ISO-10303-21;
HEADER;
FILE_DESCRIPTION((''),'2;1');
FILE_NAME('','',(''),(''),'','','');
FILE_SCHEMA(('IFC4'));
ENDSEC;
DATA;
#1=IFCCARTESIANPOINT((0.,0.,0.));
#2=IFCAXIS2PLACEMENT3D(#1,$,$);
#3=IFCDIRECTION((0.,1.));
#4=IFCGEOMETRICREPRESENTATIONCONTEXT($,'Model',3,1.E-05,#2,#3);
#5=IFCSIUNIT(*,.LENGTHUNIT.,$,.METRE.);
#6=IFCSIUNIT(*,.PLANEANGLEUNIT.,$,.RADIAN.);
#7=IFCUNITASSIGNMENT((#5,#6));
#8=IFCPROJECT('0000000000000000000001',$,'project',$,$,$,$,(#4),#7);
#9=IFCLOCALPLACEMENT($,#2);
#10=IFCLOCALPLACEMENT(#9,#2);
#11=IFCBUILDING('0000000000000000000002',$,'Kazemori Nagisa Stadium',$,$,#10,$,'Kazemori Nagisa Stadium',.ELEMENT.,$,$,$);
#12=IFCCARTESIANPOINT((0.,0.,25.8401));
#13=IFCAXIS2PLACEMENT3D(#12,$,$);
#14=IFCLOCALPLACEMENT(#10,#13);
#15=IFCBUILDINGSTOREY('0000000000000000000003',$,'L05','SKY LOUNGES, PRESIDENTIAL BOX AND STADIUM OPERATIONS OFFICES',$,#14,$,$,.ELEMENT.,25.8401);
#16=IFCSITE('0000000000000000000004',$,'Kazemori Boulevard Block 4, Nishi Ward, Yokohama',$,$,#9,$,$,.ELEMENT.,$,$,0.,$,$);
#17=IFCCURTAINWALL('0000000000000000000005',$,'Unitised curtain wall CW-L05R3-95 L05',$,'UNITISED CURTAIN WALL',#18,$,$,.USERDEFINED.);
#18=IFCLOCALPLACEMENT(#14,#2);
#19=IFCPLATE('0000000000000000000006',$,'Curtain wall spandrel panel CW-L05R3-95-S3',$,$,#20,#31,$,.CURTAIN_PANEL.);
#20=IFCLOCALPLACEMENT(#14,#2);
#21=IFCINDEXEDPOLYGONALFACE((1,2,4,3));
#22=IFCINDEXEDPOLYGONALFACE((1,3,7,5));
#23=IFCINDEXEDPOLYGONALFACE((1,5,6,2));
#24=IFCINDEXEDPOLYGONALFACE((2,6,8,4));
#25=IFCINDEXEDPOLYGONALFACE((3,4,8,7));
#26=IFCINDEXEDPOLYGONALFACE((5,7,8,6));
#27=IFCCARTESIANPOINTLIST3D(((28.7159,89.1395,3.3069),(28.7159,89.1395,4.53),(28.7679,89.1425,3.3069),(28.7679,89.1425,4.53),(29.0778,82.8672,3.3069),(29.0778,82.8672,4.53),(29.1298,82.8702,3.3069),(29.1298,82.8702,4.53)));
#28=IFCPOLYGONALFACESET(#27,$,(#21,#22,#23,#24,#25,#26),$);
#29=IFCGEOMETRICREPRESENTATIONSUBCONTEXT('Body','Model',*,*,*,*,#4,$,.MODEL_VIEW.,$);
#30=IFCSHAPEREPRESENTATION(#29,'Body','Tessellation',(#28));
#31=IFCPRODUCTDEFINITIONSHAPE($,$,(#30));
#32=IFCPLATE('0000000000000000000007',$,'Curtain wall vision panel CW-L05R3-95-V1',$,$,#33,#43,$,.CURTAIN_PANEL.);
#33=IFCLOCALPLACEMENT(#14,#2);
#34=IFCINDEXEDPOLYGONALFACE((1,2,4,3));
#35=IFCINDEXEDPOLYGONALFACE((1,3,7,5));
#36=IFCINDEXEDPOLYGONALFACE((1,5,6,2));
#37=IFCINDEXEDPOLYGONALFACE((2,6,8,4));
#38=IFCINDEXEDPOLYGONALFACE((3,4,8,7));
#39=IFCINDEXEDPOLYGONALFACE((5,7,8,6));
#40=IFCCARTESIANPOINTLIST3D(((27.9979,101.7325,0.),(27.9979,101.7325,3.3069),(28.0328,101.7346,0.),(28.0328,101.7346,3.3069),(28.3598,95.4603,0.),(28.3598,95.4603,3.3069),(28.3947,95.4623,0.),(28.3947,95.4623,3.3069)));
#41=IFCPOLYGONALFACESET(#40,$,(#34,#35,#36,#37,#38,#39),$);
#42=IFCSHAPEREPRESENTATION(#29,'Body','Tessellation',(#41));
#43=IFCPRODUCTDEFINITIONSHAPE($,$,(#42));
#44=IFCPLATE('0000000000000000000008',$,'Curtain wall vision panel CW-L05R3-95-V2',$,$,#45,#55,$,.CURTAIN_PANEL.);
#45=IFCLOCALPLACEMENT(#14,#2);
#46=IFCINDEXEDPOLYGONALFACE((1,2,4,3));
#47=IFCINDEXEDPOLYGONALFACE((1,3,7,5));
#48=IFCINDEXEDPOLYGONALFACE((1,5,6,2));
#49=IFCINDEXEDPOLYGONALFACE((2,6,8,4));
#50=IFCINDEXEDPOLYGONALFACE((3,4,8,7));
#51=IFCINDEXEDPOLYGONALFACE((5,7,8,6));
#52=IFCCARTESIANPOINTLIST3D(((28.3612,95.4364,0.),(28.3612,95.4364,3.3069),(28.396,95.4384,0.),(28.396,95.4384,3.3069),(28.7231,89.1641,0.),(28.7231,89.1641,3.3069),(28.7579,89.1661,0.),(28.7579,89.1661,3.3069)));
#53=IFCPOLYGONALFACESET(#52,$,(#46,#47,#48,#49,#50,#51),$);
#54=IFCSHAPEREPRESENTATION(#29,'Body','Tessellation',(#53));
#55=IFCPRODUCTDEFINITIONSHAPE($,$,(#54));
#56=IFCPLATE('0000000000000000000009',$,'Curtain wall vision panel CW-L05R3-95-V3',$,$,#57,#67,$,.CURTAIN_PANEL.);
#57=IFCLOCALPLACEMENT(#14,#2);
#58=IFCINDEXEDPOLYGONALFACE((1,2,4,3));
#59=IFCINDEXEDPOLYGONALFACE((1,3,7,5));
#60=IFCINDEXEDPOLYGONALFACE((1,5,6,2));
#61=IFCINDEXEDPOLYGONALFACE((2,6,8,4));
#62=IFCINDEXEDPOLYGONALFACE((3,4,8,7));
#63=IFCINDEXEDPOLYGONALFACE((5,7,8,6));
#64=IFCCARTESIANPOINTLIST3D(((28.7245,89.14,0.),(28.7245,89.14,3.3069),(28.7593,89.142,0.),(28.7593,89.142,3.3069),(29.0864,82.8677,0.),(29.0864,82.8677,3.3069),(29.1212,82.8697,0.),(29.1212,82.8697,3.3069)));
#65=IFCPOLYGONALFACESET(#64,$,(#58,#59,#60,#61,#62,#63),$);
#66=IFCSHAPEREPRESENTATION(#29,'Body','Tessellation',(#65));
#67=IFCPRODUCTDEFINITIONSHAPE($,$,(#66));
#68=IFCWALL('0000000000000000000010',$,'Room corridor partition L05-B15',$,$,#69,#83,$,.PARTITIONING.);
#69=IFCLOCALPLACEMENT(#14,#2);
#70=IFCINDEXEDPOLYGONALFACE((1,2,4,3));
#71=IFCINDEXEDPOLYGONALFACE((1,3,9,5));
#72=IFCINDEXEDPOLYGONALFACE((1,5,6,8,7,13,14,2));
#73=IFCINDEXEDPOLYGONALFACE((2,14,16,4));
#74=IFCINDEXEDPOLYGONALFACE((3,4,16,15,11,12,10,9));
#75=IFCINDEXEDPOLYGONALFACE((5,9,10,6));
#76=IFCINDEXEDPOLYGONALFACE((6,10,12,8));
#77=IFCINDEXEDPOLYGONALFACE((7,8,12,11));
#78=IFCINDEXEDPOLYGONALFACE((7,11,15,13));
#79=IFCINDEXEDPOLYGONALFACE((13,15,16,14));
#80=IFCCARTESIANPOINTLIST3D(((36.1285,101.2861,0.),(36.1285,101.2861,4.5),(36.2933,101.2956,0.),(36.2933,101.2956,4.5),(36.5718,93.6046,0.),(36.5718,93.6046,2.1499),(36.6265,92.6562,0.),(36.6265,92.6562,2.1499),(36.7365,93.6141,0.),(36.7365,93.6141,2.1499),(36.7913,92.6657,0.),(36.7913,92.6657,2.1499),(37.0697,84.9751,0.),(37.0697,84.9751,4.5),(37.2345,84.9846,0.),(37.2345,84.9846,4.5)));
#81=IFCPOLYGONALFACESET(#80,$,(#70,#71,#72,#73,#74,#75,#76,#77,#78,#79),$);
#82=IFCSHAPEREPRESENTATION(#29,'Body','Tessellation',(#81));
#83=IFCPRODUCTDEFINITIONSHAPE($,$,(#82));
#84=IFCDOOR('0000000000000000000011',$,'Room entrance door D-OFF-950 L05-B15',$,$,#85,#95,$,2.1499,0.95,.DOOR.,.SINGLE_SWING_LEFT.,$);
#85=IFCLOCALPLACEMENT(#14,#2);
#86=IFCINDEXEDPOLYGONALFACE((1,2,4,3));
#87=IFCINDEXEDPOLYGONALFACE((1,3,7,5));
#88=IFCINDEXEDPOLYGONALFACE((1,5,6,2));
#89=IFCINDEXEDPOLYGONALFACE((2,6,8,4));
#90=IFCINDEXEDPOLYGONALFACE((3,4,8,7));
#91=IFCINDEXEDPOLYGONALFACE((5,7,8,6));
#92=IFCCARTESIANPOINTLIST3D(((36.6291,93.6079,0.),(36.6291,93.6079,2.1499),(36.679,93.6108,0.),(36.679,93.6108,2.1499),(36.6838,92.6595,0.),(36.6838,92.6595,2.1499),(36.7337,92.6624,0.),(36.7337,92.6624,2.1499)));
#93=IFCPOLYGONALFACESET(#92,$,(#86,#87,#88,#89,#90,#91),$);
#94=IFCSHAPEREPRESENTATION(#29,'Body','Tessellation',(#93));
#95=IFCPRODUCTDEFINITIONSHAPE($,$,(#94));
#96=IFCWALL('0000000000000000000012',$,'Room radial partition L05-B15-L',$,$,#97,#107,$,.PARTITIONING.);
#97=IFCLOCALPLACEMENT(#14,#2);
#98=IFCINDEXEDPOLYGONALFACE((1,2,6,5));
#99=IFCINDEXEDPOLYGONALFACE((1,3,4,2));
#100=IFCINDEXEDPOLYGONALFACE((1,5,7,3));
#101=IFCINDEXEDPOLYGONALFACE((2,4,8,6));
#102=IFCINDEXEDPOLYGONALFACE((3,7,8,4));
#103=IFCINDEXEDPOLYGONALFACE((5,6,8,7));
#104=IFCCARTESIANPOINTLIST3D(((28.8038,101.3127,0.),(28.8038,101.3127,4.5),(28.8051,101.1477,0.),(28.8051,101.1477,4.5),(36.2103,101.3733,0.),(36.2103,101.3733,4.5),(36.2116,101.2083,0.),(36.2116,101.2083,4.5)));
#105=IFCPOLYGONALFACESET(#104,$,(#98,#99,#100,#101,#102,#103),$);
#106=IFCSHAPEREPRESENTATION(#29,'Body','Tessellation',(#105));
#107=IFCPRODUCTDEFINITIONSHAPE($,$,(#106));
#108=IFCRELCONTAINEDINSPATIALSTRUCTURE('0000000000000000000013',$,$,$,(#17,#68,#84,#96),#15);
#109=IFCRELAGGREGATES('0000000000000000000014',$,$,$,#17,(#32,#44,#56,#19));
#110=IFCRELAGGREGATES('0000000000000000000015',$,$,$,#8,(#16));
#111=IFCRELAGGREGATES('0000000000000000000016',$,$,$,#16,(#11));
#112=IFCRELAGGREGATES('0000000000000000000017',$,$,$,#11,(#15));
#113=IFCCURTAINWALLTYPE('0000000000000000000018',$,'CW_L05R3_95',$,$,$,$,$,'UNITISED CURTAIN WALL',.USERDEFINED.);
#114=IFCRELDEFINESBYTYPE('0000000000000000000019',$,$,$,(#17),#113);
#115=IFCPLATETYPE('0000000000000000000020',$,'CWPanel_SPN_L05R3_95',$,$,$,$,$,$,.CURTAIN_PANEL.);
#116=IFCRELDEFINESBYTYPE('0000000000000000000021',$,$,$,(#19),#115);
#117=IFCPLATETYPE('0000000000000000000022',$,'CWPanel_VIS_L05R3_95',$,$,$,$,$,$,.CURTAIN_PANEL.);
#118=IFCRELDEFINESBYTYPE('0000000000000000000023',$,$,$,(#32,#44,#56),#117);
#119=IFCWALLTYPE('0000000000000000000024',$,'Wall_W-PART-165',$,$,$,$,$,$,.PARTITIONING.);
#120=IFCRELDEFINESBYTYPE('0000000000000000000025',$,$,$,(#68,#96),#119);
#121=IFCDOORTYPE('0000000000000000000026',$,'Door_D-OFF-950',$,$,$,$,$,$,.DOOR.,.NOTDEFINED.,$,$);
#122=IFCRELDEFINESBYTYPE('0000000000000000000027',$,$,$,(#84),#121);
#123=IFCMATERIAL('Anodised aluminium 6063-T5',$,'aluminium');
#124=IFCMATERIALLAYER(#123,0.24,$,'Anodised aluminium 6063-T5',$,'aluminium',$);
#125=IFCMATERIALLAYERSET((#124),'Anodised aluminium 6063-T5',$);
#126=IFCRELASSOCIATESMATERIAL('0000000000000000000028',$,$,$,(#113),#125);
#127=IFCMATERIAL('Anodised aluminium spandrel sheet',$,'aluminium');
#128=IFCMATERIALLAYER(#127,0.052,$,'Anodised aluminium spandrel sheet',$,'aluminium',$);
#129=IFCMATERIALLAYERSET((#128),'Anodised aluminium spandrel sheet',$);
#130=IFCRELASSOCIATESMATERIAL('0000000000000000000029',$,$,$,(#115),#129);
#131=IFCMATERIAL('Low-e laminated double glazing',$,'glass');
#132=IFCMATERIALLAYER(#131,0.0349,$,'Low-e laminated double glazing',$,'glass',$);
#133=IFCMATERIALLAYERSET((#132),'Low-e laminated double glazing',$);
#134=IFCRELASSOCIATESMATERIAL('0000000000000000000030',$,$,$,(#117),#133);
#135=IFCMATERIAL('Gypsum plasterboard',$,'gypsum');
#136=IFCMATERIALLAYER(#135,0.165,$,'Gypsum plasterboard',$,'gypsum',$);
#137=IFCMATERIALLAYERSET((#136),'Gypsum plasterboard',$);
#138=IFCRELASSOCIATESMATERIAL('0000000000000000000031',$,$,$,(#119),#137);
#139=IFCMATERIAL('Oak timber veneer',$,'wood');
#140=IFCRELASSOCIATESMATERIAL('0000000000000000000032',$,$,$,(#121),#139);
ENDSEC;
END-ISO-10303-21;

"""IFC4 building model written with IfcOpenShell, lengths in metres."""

from ifc_helpers import new_model, si_unit, direction, frame, frame_2d, origin, origin_2d, place, context, subcontext, project, spatial, rectangle, extrude, material, layer, layer_set, type_object, element, fill, aggregate, save


model = new_model("IFC4")

# Units and contexts
model_context = context("Model", 3, precision=1e-05, world=origin(), true_north=direction((0.0, 1.0)))
body_context = subcontext(model_context, "Body", "Model", "MODEL_VIEW")
ifc_project = project(units=[si_unit("LENGTHUNIT", "METRE"), si_unit("PLANEANGLEUNIT", "RADIAN")], contexts=[model_context])

# Site, building, storey
site_placement = place(None, origin())
site = spatial("IfcSite", under=ifc_project, at=site_placement, Name="Kazemori Boulevard Block 4, Nishi Ward, Yokohama", CompositionType="ELEMENT", RefElevation=0.0)
building_placement = place(site_placement, origin())
building = spatial("IfcBuilding", under=site, at=building_placement, Name="Kazemori Nagisa Stadium", LongName="Kazemori Nagisa Stadium", CompositionType="ELEMENT")
storey_placement = place(building_placement, frame((0.0, 0.0, 25.8401)))
storey = spatial("IfcBuildingStorey", under=building, at=storey_placement, Name="L05", Description="SKY LOUNGES, PRESIDENTIAL BOX AND STADIUM OPERATIONS OFFICES", CompositionType="ELEMENT", Elevation=25.8401)

# Curtain wall, plates
ifc_material_1 = material(Name="Anodised aluminium 6063-T5", Category="aluminium")
ifc_layer_1 = layer(ifc_material_1, 0.24, Name="Anodised aluminium 6063-T5", Category="aluminium")
ifc_layer_set_1 = layer_set([ifc_layer_1], Name="Anodised aluminium 6063-T5")
curtain_wall_type = type_object("IfcCurtainWallType", Name="CW_L05R3_95", ElementType="UNITISED CURTAIN WALL", PredefinedType="USERDEFINED", material=ifc_layer_set_1)
curtain_wall_placement = place(storey_placement, origin())
curtain_wall = element("IfcCurtainWall", 1, at=curtain_wall_placement, inside=storey, type_object=curtain_wall_type, Name="Unitised curtain wall CW-L05R3-95 L05", ObjectType="UNITISED CURTAIN WALL", PredefinedType="USERDEFINED")
ifc_material_2 = material(Name="Anodised aluminium spandrel sheet", Category="aluminium")
ifc_layer_2 = layer(ifc_material_2, 0.052, Name="Anodised aluminium spandrel sheet", Category="aluminium")
ifc_layer_set_2 = layer_set([ifc_layer_2], Name="Anodised aluminium spandrel sheet")
plate_type_1 = type_object("IfcPlateType", Name="CWPanel_SPN_L05R3_95", PredefinedType="CURTAIN_PANEL", material=ifc_layer_set_2)
plate_1_placement = place(storey_placement, frame((28.9229, 86.0049, 3.3069), z_axis=(0.0, 0.0, 1.0), x_axis=(0.057602, -0.99834, 0.0)))
plate_1 = element("IfcPlate", 2, at=plate_1_placement, type_object=plate_type_1, Name="Curtain wall spandrel panel CW-L05R3-95-S3", PredefinedType="CURTAIN_PANEL", context=body_context, shape_type="SweptSolid", body=[
    extrude(rectangle(XDim=6.2827, YDim=0.052, at=origin_2d()), origin(), (0.0, 0.0, 1.0), 1.2231),
])
ifc_material_3 = material(Name="Low-e laminated double glazing", Category="glass")
ifc_layer_3 = layer(ifc_material_3, 0.0349, Name="Low-e laminated double glazing", Category="glass")
ifc_layer_set_3 = layer_set([ifc_layer_3], Name="Low-e laminated double glazing")
plate_type_2 = type_object("IfcPlateType", Name="CWPanel_VIS_L05R3_95", PredefinedType="CURTAIN_PANEL", material=ifc_layer_set_3)
plate_2_placement = place(storey_placement, frame((28.1963, 98.5974, 0.0), z_axis=(0.0, 0.0, 1.0), x_axis=(0.057602, -0.99834, 0.0)))
plate_2 = element("IfcPlate", 3, at=plate_2_placement, type_object=plate_type_2, Name="Curtain wall vision panel CW-L05R3-95-V1", PredefinedType="CURTAIN_PANEL", context=body_context, shape_type="SweptSolid", body=[
    extrude(rectangle(XDim=6.2827, YDim=0.0349, at=origin_2d()), origin(), (0.0, 0.0, 1.0), 3.3069),
])
plate_3_placement = place(storey_placement, frame((28.5596, 92.3013, 0.0), z_axis=(0.0, 0.0, 1.0), x_axis=(0.057602, -0.99834, 0.0)))
plate_3 = element("IfcPlate", 4, at=plate_3_placement, type_object=plate_type_2, Name="Curtain wall vision panel CW-L05R3-95-V2", PredefinedType="CURTAIN_PANEL", context=body_context, shape_type="SweptSolid", body=[
    extrude(rectangle(XDim=6.2827, YDim=0.0349, at=origin_2d()), origin(), (0.0, 0.0, 1.0), 3.3069),
])
plate_4_placement = place(storey_placement, frame((28.9229, 86.0049, 0.0), z_axis=(0.0, 0.0, 1.0), x_axis=(0.057602, -0.99834, 0.0)))
plate_4 = element("IfcPlate", 5, at=plate_4_placement, type_object=plate_type_2, Name="Curtain wall vision panel CW-L05R3-95-V3", PredefinedType="CURTAIN_PANEL", context=body_context, shape_type="SweptSolid", body=[
    extrude(rectangle(XDim=6.2827, YDim=0.0349, at=origin_2d()), origin(), (0.0, 0.0, 1.0), 3.3069),
])
aggregate(curtain_wall, [plate_2, plate_3, plate_4, plate_1])

# Wall, opening, door
ifc_material_4 = material(Name="Gypsum plasterboard", Category="gypsum")
ifc_layer_4 = layer(ifc_material_4, 0.165, Name="Gypsum plasterboard", Category="gypsum")
ifc_layer_set_4 = layer_set([ifc_layer_4], Name="Gypsum plasterboard")
wall_type = type_object("IfcWallType", Name="Wall_W-PART-165", PredefinedType="PARTITIONING", material=ifc_layer_set_4)
wall_1_placement = place(storey_placement, frame((36.2109, 101.2908, 0.0), z_axis=(0.0, 0.0, 1.0), x_axis=(0.057605, -0.998339, 0.0)))
wall_1 = element("IfcWall", 6, at=wall_1_placement, inside=storey, type_object=wall_type, Name="Room corridor partition L05-B15", PredefinedType="PARTITIONING", context=body_context, shape_type="SweptSolid", body=[
    extrude(rectangle(XDim=16.3381, YDim=0.165, at=frame_2d((8.1689, 0.0))), origin(), (0.0, 0.0, 1.0), 4.5),
])
opening_placement = place(wall_1_placement, frame((7.6941, 0.0, 0.0)))
opening = element("IfcOpeningElement", 7, at=opening_placement, cuts=wall_1, PredefinedType="OPENING", context=body_context, shape_type="SweptSolid", body=[
    extrude(rectangle(XDim=0.95, YDim=2.1499, at=frame_2d((0.4751, 1.075))), frame((0.0, 0.0925, 0.0), z_axis=(0.0, -1.0, 0.0), x_axis=(1.0, 0.0, 0.0)), (0.0, 0.0, 1.0), 0.1851),
])
ifc_material_5 = material(Name="Oak timber veneer", Category="wood")
door_type = type_object("IfcDoorType", Name="Door_D-OFF-950", OperationType="NOTDEFINED", PredefinedType="DOOR", material=ifc_material_5)
door_placement = place(opening_placement, origin())
door = element("IfcDoor", 8, at=door_placement, inside=storey, type_object=door_type, Name="Room entrance door D-OFF-950 L05-B15", OperationType="SINGLE_SWING_LEFT", OverallHeight=2.1499, OverallWidth=0.95, PredefinedType="DOOR", context=body_context, shape_type="SweptSolid", body=[
    extrude(rectangle(XDim=0.95, YDim=2.1499, at=frame_2d((0.4751, 1.075))), frame((0.0, 0.0249, 0.0), z_axis=(0.0, -1.0, 0.0), x_axis=(1.0, 0.0, 0.0)), (0.0, 0.0, 1.0), 0.05),
])
fill(opening, door)

# Wall
wall_2_placement = place(storey_placement, frame((36.2109, 101.2908, 0.0), z_axis=(0.0, 0.0, 1.0), x_axis=(-0.999967, -0.008175, 0.0)))
element("IfcWall", 9, at=wall_2_placement, inside=storey, type_object=wall_type, Name="Room radial partition L05-B15-L", PredefinedType="PARTITIONING", context=body_context, shape_type="SweptSolid", body=[
    extrude(rectangle(XDim=7.4067, YDim=0.165, at=frame_2d((3.7034, 0.0))), origin(), (0.0, 0.0, 1.0), 4.5),
])

save(model, "model.ifc")
